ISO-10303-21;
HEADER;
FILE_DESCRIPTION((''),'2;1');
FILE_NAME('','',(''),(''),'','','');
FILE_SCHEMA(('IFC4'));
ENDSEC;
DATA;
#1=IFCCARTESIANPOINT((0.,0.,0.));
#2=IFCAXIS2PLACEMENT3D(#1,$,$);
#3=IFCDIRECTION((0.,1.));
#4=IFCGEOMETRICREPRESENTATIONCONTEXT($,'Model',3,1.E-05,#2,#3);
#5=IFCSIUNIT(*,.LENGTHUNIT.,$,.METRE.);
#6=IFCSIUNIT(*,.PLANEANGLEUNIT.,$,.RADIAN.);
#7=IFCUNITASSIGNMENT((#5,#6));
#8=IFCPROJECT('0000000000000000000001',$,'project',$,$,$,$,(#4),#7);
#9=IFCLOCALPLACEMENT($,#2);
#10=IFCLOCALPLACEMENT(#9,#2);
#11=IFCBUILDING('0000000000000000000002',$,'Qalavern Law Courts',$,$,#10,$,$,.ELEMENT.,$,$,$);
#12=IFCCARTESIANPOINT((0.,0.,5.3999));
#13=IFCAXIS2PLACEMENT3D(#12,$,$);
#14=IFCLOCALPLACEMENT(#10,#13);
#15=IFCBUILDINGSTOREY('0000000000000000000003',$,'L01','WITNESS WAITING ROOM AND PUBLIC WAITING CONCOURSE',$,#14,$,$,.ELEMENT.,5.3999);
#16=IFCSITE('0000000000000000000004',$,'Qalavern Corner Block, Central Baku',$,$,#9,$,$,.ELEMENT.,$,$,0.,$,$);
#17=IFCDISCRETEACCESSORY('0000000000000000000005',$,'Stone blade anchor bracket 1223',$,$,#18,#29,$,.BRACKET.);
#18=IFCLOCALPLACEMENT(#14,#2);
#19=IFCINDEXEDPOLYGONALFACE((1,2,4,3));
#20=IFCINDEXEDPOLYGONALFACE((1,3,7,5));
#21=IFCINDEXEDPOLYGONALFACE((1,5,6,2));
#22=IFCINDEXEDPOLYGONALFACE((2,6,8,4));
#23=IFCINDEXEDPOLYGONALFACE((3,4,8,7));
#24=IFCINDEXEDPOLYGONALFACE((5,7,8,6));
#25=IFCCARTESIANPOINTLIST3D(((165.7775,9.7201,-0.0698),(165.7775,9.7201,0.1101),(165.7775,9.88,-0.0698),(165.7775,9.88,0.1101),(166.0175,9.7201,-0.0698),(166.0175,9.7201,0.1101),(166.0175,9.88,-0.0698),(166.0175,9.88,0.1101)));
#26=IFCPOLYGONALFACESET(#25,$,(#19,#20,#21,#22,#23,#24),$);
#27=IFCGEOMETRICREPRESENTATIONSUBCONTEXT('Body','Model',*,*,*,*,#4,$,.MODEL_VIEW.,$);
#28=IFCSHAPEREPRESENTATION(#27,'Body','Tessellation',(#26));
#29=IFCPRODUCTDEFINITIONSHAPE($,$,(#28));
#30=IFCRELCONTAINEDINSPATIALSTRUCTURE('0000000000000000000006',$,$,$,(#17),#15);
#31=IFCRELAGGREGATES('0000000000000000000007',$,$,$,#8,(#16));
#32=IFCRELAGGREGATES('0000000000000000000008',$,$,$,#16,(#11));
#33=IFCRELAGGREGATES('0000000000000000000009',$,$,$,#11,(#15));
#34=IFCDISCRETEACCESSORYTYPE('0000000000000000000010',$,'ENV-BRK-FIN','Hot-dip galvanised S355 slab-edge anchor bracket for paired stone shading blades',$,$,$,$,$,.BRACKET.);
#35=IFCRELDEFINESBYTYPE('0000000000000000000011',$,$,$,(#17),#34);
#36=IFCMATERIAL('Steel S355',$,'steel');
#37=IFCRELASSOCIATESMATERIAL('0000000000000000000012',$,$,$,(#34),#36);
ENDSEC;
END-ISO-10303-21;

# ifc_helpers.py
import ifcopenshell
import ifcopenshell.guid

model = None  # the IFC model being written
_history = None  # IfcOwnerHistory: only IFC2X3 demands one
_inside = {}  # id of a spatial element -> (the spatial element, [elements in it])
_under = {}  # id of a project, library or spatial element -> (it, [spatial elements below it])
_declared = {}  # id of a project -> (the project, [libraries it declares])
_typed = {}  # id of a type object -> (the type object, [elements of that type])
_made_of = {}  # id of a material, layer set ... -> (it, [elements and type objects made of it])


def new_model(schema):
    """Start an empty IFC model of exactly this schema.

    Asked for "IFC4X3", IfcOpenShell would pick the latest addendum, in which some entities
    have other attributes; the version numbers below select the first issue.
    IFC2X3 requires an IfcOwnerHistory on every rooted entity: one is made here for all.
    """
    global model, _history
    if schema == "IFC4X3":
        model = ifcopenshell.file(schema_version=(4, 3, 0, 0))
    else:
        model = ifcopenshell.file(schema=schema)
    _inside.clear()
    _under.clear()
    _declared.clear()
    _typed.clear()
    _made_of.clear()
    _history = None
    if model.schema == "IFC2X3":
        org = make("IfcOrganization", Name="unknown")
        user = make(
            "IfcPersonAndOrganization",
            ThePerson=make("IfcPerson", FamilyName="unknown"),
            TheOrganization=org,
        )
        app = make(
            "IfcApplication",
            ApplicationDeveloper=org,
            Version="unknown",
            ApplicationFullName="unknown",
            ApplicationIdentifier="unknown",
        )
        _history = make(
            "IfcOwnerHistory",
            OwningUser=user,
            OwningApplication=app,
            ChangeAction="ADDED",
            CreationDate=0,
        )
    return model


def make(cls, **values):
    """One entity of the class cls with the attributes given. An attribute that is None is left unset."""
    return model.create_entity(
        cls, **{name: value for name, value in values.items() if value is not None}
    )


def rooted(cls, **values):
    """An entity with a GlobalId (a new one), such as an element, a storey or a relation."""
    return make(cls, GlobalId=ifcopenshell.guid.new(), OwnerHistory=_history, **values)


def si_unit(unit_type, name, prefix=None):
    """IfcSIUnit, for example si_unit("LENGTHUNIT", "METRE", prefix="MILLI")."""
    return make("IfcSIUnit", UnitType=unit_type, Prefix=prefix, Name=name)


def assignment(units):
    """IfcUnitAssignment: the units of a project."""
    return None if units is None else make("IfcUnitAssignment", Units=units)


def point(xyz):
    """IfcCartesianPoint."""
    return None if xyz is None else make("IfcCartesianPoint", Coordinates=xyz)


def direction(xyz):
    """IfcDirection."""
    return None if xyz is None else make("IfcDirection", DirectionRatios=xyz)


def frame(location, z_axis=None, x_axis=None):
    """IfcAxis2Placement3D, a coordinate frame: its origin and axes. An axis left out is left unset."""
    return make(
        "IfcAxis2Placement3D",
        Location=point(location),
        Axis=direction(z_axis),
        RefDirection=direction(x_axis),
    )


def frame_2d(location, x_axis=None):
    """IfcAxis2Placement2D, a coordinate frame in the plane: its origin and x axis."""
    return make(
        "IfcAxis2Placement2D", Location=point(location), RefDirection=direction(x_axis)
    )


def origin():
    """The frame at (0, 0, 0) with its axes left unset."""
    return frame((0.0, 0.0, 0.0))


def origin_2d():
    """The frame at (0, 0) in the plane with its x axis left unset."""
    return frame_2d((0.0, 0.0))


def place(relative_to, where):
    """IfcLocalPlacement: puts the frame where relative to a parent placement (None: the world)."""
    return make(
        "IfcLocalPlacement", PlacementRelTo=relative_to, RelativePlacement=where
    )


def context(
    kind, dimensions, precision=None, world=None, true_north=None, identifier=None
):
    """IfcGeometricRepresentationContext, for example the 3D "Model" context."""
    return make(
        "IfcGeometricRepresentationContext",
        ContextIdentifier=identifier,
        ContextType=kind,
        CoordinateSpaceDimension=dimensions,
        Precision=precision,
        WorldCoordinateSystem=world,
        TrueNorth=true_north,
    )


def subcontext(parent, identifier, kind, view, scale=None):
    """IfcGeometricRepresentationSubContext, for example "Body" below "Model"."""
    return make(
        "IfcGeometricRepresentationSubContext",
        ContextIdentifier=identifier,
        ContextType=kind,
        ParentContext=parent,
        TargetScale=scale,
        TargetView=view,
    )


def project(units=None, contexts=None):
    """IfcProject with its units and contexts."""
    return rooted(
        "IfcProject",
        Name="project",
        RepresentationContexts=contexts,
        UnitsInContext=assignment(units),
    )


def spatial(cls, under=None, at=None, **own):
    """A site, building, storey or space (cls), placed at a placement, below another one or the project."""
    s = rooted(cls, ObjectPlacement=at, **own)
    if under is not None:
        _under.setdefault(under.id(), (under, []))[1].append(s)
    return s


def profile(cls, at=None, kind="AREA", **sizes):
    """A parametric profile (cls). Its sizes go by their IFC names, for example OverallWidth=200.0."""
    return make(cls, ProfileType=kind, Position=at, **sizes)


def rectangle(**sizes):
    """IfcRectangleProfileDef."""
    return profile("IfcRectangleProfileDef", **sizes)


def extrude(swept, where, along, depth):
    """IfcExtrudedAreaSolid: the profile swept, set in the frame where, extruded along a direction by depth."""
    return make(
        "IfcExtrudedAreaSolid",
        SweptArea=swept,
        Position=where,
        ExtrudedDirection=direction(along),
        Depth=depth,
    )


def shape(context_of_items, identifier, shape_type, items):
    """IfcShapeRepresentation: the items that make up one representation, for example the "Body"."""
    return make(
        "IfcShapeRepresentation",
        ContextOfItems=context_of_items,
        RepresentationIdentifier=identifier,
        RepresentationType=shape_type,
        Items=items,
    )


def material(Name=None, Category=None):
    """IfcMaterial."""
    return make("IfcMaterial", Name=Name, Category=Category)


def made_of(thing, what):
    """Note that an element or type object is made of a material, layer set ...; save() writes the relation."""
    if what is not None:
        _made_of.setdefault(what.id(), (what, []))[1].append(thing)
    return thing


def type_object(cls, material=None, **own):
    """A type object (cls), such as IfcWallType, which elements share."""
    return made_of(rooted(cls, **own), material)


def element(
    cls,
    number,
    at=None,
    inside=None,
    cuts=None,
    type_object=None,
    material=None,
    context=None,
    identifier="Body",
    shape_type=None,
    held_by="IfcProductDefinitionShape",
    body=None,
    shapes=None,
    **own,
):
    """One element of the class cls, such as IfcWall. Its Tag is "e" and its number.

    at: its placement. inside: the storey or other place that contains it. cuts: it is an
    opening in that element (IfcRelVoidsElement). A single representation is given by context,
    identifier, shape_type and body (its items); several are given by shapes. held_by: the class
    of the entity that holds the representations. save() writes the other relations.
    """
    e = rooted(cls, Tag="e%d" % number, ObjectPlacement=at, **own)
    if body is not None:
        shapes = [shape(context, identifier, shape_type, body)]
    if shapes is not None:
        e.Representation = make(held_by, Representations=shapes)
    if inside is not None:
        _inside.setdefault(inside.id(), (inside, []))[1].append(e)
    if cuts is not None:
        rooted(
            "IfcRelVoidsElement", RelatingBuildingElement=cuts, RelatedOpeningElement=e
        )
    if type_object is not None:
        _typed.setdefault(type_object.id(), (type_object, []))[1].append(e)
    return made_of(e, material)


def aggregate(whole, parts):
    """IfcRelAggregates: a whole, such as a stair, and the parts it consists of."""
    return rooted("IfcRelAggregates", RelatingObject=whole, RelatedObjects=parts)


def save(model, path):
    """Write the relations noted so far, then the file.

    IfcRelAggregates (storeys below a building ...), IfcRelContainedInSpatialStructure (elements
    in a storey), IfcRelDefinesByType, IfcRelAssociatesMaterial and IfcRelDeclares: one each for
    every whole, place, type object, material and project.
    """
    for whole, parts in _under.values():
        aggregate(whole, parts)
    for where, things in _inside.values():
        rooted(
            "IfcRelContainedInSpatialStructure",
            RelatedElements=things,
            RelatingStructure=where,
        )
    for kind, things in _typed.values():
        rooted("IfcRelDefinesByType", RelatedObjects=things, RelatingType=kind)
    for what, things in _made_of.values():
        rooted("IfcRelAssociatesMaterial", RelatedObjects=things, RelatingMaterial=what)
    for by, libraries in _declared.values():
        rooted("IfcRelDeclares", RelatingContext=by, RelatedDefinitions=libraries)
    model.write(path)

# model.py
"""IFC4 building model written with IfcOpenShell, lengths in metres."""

from ifc_helpers import new_model, si_unit, direction, frame, origin, origin_2d, place, context, subcontext, project, spatial, rectangle, extrude, material, type_object, element, save


model = new_model("IFC4")

# Units and contexts
model_context = context("Model", 3, precision=1e-05, world=origin(), true_north=direction((0.0, 1.0)))
body_context = subcontext(model_context, "Body", "Model", "MODEL_VIEW")
ifc_project = project(units=[si_unit("LENGTHUNIT", "METRE"), si_unit("PLANEANGLEUNIT", "RADIAN")], contexts=[model_context])

# Site, building, storey
site_placement = place(None, origin())
site = spatial("IfcSite", under=ifc_project, at=site_placement, Name="Qalavern Corner Block, Central Baku", CompositionType="ELEMENT", RefElevation=0.0)
building_placement = place(site_placement, origin())
building = spatial("IfcBuilding", under=site, at=building_placement, Name="Qalavern Law Courts", CompositionType="ELEMENT")
storey_placement = place(building_placement, frame((0.0, 0.0, 5.3999)))
storey = spatial("IfcBuildingStorey", under=building, at=storey_placement, Name="L01", Description="WITNESS WAITING ROOM AND PUBLIC WAITING CONCOURSE", CompositionType="ELEMENT", Elevation=5.3999)

# Shared definitions
ifc_material_1 = material(Name="Steel S355", Category="steel")

# Discrete accessory
discrete_accessory_type = type_object("IfcDiscreteAccessoryType", Name="ENV-BRK-FIN", Description="Hot-dip galvanised S355 slab-edge anchor bracket for paired stone shading blades", PredefinedType="BRACKET", material=ifc_material_1)
discrete_accessory_placement = place(storey_placement, frame((165.8975, 9.8, -0.0698), z_axis=(0.0, 0.0, 1.0), x_axis=(1.0, 0.0, 0.0)))
element("IfcDiscreteAccessory", 1, at=discrete_accessory_placement, inside=storey, type_object=discrete_accessory_type, Name="Stone blade anchor bracket 1223", PredefinedType="BRACKET", context=body_context, shape_type="SweptSolid", body=[
    extrude(rectangle(XDim=0.24, YDim=0.1599, at=origin_2d()), origin(), (0.0, 0.0, 1.0), 0.1799),
])

save(model, "model.ifc")
